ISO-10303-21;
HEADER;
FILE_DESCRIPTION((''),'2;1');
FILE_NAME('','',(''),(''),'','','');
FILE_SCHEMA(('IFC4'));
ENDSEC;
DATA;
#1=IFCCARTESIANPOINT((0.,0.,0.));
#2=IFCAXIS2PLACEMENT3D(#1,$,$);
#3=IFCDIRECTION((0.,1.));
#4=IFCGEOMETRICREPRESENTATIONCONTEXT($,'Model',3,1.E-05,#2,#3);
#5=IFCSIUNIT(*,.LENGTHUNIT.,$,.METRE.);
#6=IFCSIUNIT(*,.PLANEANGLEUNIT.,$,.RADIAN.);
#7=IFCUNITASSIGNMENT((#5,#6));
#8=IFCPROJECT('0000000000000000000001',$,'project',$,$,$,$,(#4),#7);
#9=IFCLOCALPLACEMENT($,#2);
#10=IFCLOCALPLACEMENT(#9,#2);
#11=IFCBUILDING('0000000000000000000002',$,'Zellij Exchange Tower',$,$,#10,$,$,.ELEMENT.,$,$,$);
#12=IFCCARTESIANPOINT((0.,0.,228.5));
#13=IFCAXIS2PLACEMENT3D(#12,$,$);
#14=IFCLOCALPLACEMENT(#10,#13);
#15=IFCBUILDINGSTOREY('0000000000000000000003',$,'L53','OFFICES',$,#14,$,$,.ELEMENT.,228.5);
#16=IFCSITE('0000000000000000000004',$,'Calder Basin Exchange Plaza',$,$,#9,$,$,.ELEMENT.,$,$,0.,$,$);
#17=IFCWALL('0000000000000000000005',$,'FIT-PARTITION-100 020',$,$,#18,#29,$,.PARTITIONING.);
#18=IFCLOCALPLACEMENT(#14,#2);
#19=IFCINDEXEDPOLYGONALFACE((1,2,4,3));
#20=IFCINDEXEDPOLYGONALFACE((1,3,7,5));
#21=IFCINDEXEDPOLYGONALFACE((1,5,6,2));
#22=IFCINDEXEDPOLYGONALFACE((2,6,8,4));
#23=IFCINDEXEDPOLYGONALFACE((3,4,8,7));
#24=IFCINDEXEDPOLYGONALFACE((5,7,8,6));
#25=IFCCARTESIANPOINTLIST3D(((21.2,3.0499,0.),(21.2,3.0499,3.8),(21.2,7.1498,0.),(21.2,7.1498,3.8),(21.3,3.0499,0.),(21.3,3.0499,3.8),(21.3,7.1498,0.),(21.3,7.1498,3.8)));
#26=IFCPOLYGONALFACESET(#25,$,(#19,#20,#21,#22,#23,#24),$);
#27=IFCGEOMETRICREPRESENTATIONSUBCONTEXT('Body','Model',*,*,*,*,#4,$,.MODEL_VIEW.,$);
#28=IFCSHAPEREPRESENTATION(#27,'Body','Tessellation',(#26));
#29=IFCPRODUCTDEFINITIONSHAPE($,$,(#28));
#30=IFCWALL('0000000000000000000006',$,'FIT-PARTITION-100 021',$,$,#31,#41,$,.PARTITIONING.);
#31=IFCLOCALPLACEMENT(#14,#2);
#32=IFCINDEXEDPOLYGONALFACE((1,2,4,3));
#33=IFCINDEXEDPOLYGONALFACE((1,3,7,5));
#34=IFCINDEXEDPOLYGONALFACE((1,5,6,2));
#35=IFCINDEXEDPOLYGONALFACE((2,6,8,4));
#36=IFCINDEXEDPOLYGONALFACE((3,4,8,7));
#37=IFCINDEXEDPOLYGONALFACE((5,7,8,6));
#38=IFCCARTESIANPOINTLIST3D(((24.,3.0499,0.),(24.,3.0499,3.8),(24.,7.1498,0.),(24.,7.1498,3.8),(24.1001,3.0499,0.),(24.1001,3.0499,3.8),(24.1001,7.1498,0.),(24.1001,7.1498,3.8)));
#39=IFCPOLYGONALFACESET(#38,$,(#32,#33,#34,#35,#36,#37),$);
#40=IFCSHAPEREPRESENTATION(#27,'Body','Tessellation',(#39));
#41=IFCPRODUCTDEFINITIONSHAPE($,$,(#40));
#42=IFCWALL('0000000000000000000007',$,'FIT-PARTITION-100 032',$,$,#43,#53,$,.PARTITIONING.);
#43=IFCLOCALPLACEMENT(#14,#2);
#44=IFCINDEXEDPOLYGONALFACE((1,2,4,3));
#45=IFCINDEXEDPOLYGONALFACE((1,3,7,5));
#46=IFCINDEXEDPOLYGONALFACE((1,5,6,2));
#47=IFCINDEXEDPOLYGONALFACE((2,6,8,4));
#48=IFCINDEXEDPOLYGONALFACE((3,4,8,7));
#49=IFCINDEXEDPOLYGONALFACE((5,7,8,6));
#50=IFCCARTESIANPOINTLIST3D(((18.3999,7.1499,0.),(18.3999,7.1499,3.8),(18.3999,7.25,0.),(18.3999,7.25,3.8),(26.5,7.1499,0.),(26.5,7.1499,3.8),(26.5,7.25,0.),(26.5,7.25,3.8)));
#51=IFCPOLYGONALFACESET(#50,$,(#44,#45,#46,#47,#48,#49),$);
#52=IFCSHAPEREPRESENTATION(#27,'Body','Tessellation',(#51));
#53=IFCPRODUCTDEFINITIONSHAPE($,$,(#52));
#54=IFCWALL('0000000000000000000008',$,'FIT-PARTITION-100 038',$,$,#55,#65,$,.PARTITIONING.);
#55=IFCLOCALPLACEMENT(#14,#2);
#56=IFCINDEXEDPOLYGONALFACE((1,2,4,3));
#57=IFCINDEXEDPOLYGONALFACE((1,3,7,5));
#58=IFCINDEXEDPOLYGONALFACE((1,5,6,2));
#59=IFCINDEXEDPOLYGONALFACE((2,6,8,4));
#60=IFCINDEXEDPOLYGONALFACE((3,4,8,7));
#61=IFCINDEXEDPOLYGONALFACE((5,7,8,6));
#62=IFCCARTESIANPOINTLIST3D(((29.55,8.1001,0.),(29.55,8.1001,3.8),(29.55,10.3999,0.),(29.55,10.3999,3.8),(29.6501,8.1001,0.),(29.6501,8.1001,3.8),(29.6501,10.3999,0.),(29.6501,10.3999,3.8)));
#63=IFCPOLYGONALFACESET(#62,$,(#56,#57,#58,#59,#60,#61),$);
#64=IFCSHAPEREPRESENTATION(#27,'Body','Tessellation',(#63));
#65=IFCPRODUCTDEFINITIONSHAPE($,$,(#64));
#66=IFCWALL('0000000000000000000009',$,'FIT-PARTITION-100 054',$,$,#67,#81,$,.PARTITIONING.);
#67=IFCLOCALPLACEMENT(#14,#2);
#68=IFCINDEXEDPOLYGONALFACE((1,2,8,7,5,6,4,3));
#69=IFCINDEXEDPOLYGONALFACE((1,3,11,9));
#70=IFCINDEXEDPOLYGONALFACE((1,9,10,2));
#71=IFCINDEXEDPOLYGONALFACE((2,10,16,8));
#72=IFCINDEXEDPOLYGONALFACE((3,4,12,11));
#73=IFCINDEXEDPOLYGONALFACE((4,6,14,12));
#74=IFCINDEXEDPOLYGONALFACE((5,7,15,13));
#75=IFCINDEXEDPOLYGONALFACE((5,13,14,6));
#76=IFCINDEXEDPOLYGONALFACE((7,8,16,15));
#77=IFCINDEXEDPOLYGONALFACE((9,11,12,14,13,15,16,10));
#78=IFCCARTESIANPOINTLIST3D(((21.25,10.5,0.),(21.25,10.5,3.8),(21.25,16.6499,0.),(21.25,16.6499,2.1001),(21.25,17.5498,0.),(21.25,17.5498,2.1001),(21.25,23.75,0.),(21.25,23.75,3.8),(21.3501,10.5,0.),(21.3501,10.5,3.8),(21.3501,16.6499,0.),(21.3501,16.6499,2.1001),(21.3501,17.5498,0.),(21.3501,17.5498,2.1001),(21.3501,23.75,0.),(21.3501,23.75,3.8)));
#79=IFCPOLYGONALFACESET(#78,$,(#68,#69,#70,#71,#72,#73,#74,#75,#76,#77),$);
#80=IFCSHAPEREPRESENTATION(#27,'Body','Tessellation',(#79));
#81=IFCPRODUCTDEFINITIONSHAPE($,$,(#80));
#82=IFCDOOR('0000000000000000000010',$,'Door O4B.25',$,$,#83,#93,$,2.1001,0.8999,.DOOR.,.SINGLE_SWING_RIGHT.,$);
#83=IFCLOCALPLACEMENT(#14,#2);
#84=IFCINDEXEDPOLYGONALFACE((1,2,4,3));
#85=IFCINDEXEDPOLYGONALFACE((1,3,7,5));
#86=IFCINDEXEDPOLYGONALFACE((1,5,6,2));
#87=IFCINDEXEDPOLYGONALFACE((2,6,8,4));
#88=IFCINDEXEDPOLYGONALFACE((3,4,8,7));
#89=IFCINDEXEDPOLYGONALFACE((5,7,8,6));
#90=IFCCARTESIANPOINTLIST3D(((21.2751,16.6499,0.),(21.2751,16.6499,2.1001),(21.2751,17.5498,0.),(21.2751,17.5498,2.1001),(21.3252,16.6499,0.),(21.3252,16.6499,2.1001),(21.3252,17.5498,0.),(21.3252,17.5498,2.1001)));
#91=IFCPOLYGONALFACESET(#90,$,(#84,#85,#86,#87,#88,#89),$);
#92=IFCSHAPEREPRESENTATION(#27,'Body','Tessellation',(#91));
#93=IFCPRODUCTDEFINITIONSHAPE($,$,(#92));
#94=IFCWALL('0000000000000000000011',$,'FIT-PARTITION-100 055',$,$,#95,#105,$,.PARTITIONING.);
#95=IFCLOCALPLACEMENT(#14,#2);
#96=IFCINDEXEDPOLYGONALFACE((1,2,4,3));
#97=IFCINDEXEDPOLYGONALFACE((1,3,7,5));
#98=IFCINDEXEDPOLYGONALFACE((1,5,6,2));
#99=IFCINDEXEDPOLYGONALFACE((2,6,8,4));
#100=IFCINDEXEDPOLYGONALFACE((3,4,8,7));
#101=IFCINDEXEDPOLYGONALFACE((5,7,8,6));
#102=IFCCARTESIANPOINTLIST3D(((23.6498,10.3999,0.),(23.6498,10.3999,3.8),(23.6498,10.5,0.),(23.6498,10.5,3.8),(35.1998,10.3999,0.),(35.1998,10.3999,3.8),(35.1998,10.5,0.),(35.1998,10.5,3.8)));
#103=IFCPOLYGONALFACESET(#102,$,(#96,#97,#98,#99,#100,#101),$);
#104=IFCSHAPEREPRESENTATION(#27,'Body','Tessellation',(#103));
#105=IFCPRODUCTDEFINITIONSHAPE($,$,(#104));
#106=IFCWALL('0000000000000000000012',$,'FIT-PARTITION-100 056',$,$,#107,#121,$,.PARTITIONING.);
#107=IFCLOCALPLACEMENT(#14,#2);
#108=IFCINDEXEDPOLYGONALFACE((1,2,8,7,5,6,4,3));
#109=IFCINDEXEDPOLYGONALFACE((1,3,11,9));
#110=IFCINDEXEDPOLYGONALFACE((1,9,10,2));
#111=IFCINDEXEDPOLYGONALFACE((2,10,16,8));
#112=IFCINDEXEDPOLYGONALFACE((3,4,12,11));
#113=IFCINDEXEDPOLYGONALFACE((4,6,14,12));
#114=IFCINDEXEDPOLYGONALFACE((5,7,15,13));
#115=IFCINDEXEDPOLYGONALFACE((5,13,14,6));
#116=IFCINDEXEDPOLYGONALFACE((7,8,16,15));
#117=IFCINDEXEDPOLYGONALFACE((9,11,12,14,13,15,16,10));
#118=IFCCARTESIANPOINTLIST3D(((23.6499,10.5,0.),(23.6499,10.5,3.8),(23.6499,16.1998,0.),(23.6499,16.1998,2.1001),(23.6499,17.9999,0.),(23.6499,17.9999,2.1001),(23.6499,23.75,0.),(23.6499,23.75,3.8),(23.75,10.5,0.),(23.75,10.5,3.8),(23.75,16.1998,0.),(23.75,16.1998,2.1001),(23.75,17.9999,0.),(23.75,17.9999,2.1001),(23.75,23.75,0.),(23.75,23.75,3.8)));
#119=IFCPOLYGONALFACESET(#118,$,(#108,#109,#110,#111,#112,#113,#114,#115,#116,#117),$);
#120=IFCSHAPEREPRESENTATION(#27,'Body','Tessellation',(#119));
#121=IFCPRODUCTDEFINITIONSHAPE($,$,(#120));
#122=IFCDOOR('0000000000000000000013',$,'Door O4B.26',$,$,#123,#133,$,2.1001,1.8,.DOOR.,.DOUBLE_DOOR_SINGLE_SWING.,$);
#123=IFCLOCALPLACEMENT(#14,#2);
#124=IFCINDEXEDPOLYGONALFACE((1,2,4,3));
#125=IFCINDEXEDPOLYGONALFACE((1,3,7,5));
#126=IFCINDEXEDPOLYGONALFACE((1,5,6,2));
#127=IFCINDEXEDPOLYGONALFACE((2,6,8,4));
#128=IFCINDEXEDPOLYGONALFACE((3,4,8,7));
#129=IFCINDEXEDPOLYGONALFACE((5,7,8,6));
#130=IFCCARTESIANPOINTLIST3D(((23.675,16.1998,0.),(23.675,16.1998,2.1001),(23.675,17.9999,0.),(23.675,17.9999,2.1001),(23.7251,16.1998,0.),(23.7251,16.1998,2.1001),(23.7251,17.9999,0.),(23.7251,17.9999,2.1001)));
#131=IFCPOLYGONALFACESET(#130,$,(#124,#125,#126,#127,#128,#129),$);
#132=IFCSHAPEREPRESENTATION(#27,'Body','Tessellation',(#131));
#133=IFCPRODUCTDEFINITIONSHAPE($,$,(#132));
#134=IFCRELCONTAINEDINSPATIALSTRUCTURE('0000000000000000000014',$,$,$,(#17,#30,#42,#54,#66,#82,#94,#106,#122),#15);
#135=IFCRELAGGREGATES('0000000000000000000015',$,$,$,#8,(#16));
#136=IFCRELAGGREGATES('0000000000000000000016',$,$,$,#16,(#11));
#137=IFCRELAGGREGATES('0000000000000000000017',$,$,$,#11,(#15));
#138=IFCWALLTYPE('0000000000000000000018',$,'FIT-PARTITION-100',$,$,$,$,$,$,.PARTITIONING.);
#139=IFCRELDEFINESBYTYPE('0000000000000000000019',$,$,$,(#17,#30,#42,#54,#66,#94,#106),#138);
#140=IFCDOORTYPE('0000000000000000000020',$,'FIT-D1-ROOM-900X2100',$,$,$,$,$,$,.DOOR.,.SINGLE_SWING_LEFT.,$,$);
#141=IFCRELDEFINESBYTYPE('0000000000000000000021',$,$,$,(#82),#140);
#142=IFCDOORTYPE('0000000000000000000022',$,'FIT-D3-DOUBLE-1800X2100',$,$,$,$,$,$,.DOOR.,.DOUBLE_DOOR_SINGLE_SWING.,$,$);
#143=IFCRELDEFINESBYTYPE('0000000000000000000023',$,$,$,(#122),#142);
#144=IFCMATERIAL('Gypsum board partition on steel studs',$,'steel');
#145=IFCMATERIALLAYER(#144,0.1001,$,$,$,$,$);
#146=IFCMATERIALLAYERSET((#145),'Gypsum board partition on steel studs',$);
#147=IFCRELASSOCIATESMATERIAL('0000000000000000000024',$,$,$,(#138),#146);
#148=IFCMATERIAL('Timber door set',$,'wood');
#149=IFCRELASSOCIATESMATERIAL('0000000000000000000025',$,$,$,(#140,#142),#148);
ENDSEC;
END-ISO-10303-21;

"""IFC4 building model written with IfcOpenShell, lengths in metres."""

from ifc_helpers import new_model, si_unit, direction, frame, frame_2d, origin, place, context, subcontext, project, spatial, rectangle, extrude, material, layer, layer_set, type_object, element, fill, save


model = new_model("IFC4")

# Units and contexts
model_context = context("Model", 3, precision=1e-05, world=origin(), true_north=direction((0.0, 1.0)))
body_context = subcontext(model_context, "Body", "Model", "MODEL_VIEW")
ifc_project = project(units=[si_unit("LENGTHUNIT", "METRE"), si_unit("PLANEANGLEUNIT", "RADIAN")], contexts=[model_context])

# Site, building, storey
site_placement = place(None, origin())
site = spatial("IfcSite", under=ifc_project, at=site_placement, Name="Calder Basin Exchange Plaza", CompositionType="ELEMENT", RefElevation=0.0)
building_placement = place(site_placement, origin())
building = spatial("IfcBuilding", under=site, at=building_placement, Name="Zellij Exchange Tower", CompositionType="ELEMENT")
storey_placement = place(building_placement, frame((0.0, 0.0, 228.5)))
storey = spatial("IfcBuildingStorey", under=building, at=storey_placement, Name="L53", Description="OFFICES", CompositionType="ELEMENT", Elevation=228.5)

# Shared definitions
ifc_material_1 = material(Name="Gypsum board partition on steel studs", Category="steel")
ifc_layer = layer(ifc_material_1, 0.1001)
ifc_layer_set = layer_set([ifc_layer], Name="Gypsum board partition on steel studs")
wall_type = type_object("IfcWallType", Name="FIT-PARTITION-100", PredefinedType="PARTITIONING", material=ifc_layer_set)

# Shared definitions
ifc_material_2 = material(Name="Timber door set", Category="wood")

# Walls
for number, where, z_axis, x_axis, name in (
    (1, (21.25, 3.05, 0.0), (0.0, 0.0, 1.0), (0.0, 1.0, 0.0), "FIT-PARTITION-100 020"),
    (2, (24.05, 3.05, 0.0), (0.0, 0.0, 1.0), (0.0, 1.0, 0.0), "FIT-PARTITION-100 021"),
):
    element("IfcWall", number, at=place(storey_placement, frame(where, z_axis=z_axis, x_axis=x_axis)), inside=storey, type_object=wall_type, Name=name, PredefinedType="PARTITIONING", context=body_context, shape_type="SweptSolid", body=[
        extrude(rectangle(XDim=4.0999, YDim=0.1001, at=frame_2d((2.0498, 0.0))), origin(), (0.0, 0.0, 1.0), 3.8),
    ])
wall_1_placement = place(storey_placement, frame((18.3999, 7.2, 0.0), z_axis=(0.0, 0.0, 1.0), x_axis=(1.0, 0.0, 0.0)))
element("IfcWall", 3, at=wall_1_placement, inside=storey, type_object=wall_type, Name="FIT-PARTITION-100 032", PredefinedType="PARTITIONING", context=body_context, shape_type="SweptSolid", body=[
    extrude(rectangle(XDim=8.1001, YDim=0.1001, at=frame_2d((4.05, 0.0))), origin(), (0.0, 0.0, 1.0), 3.8),
])
wall_2_placement = place(storey_placement, frame((29.6001, 8.1001, 0.0), z_axis=(0.0, 0.0, 1.0), x_axis=(0.0, 1.0, 0.0)))
element("IfcWall", 4, at=wall_2_placement, inside=storey, type_object=wall_type, Name="FIT-PARTITION-100 038", PredefinedType="PARTITIONING", context=body_context, shape_type="SweptSolid", body=[
    extrude(rectangle(XDim=2.2998, YDim=0.1001, at=frame_2d((1.1499, 0.0))), origin(), (0.0, 0.0, 1.0), 3.8),
])

# Wall, opening, door
wall_3_placement = place(storey_placement, frame((21.3, 10.5, 0.0), z_axis=(0.0, 0.0, 1.0), x_axis=(0.0, 1.0, 0.0)))
wall_3 = element("IfcWall", 5, at=wall_3_placement, inside=storey, type_object=wall_type, Name="FIT-PARTITION-100 054", PredefinedType="PARTITIONING", context=body_context, shape_type="SweptSolid", body=[
    extrude(rectangle(XDim=13.25, YDim=0.1001, at=frame_2d((6.625, 0.0))), origin(), (0.0, 0.0, 1.0), 3.8),
])
opening_1_placement = place(wall_3_placement, frame((6.1499, 0.0, 0.0)))
opening_1 = element("IfcOpeningElement", 6, at=opening_1_placement, cuts=wall_3, PredefinedType="OPENING", context=body_context, shape_type="SweptSolid", body=[
    extrude(rectangle(XDim=0.8999, YDim=2.1001, at=frame_2d((0.45, 1.05))), frame((0.0, 0.062, 0.0), z_axis=(0.0, -1.0, 0.0), x_axis=(1.0, 0.0, 0.0)), (0.0, 0.0, 1.0), 0.124),
])
door_type_1 = type_object("IfcDoorType", Name="FIT-D1-ROOM-900X2100", OperationType="SINGLE_SWING_LEFT", PredefinedType="DOOR", material=ifc_material_2)
door_1_placement = place(opening_1_placement, origin())
door_1 = element("IfcDoor", 7, at=door_1_placement, inside=storey, type_object=door_type_1, Name="Door O4B.25", OperationType="SINGLE_SWING_RIGHT", OverallHeight=2.1001, OverallWidth=0.8999, PredefinedType="DOOR", context=body_context, shape_type="SweptSolid", body=[
    extrude(rectangle(XDim=0.8999, YDim=2.1001, at=frame_2d((0.45, 1.05))), frame((0.0, 0.0249, 0.0), z_axis=(0.0, -1.0, 0.0), x_axis=(1.0, 0.0, 0.0)), (0.0, 0.0, 1.0), 0.05),
])
fill(opening_1, door_1)

# Wall
wall_4_placement = place(storey_placement, frame((23.6499, 10.45, 0.0), z_axis=(0.0, 0.0, 1.0), x_axis=(1.0, 0.0, 0.0)))
element("IfcWall", 8, at=wall_4_placement, inside=storey, type_object=wall_type, Name="FIT-PARTITION-100 055", PredefinedType="PARTITIONING", context=body_context, shape_type="SweptSolid", body=[
    extrude(rectangle(XDim=11.55, YDim=0.1001, at=frame_2d((5.7749, 0.0))), origin(), (0.0, 0.0, 1.0), 3.8),
])

# Wall, opening, door
wall_5_placement = place(storey_placement, frame((23.7, 10.5, 0.0), z_axis=(0.0, 0.0, 1.0), x_axis=(0.0, 1.0, 0.0)))
wall_5 = element("IfcWall", 9, at=wall_5_placement, inside=storey, type_object=wall_type, Name="FIT-PARTITION-100 056", PredefinedType="PARTITIONING", context=body_context, shape_type="SweptSolid", body=[
    extrude(rectangle(XDim=13.25, YDim=0.1001, at=frame_2d((6.625, 0.0))), origin(), (0.0, 0.0, 1.0), 3.8),
])
opening_2_placement = place(wall_5_placement, frame((5.7, 0.0, 0.0)))
opening_2 = element("IfcOpeningElement", 10, at=opening_2_placement, cuts=wall_5, PredefinedType="OPENING", context=body_context, shape_type="SweptSolid", body=[
    extrude(rectangle(XDim=1.8, YDim=2.1001, at=frame_2d((0.8999, 1.05))), frame((0.0, 0.062, 0.0), z_axis=(0.0, -1.0, 0.0), x_axis=(1.0, 0.0, 0.0)), (0.0, 0.0, 1.0), 0.124),
])
door_type_2 = type_object("IfcDoorType", Name="FIT-D3-DOUBLE-1800X2100", OperationType="DOUBLE_DOOR_SINGLE_SWING", PredefinedType="DOOR", material=ifc_material_2)
door_2_placement = place(opening_2_placement, origin())
door_2 = element("IfcDoor", 11, at=door_2_placement, inside=storey, type_object=door_type_2, Name="Door O4B.26", OperationType="DOUBLE_DOOR_SINGLE_SWING", OverallHeight=2.1001, OverallWidth=1.8, PredefinedType="DOOR", context=body_context, shape_type="SweptSolid", body=[
    extrude(rectangle(XDim=1.8, YDim=2.1001, at=frame_2d((0.8999, 1.05))), frame((0.0, 0.0249, 0.0), z_axis=(0.0, -1.0, 0.0), x_axis=(1.0, 0.0, 0.0)), (0.0, 0.0, 1.0), 0.05),
])
fill(opening_2, door_2)

save(model, "model.ifc")
